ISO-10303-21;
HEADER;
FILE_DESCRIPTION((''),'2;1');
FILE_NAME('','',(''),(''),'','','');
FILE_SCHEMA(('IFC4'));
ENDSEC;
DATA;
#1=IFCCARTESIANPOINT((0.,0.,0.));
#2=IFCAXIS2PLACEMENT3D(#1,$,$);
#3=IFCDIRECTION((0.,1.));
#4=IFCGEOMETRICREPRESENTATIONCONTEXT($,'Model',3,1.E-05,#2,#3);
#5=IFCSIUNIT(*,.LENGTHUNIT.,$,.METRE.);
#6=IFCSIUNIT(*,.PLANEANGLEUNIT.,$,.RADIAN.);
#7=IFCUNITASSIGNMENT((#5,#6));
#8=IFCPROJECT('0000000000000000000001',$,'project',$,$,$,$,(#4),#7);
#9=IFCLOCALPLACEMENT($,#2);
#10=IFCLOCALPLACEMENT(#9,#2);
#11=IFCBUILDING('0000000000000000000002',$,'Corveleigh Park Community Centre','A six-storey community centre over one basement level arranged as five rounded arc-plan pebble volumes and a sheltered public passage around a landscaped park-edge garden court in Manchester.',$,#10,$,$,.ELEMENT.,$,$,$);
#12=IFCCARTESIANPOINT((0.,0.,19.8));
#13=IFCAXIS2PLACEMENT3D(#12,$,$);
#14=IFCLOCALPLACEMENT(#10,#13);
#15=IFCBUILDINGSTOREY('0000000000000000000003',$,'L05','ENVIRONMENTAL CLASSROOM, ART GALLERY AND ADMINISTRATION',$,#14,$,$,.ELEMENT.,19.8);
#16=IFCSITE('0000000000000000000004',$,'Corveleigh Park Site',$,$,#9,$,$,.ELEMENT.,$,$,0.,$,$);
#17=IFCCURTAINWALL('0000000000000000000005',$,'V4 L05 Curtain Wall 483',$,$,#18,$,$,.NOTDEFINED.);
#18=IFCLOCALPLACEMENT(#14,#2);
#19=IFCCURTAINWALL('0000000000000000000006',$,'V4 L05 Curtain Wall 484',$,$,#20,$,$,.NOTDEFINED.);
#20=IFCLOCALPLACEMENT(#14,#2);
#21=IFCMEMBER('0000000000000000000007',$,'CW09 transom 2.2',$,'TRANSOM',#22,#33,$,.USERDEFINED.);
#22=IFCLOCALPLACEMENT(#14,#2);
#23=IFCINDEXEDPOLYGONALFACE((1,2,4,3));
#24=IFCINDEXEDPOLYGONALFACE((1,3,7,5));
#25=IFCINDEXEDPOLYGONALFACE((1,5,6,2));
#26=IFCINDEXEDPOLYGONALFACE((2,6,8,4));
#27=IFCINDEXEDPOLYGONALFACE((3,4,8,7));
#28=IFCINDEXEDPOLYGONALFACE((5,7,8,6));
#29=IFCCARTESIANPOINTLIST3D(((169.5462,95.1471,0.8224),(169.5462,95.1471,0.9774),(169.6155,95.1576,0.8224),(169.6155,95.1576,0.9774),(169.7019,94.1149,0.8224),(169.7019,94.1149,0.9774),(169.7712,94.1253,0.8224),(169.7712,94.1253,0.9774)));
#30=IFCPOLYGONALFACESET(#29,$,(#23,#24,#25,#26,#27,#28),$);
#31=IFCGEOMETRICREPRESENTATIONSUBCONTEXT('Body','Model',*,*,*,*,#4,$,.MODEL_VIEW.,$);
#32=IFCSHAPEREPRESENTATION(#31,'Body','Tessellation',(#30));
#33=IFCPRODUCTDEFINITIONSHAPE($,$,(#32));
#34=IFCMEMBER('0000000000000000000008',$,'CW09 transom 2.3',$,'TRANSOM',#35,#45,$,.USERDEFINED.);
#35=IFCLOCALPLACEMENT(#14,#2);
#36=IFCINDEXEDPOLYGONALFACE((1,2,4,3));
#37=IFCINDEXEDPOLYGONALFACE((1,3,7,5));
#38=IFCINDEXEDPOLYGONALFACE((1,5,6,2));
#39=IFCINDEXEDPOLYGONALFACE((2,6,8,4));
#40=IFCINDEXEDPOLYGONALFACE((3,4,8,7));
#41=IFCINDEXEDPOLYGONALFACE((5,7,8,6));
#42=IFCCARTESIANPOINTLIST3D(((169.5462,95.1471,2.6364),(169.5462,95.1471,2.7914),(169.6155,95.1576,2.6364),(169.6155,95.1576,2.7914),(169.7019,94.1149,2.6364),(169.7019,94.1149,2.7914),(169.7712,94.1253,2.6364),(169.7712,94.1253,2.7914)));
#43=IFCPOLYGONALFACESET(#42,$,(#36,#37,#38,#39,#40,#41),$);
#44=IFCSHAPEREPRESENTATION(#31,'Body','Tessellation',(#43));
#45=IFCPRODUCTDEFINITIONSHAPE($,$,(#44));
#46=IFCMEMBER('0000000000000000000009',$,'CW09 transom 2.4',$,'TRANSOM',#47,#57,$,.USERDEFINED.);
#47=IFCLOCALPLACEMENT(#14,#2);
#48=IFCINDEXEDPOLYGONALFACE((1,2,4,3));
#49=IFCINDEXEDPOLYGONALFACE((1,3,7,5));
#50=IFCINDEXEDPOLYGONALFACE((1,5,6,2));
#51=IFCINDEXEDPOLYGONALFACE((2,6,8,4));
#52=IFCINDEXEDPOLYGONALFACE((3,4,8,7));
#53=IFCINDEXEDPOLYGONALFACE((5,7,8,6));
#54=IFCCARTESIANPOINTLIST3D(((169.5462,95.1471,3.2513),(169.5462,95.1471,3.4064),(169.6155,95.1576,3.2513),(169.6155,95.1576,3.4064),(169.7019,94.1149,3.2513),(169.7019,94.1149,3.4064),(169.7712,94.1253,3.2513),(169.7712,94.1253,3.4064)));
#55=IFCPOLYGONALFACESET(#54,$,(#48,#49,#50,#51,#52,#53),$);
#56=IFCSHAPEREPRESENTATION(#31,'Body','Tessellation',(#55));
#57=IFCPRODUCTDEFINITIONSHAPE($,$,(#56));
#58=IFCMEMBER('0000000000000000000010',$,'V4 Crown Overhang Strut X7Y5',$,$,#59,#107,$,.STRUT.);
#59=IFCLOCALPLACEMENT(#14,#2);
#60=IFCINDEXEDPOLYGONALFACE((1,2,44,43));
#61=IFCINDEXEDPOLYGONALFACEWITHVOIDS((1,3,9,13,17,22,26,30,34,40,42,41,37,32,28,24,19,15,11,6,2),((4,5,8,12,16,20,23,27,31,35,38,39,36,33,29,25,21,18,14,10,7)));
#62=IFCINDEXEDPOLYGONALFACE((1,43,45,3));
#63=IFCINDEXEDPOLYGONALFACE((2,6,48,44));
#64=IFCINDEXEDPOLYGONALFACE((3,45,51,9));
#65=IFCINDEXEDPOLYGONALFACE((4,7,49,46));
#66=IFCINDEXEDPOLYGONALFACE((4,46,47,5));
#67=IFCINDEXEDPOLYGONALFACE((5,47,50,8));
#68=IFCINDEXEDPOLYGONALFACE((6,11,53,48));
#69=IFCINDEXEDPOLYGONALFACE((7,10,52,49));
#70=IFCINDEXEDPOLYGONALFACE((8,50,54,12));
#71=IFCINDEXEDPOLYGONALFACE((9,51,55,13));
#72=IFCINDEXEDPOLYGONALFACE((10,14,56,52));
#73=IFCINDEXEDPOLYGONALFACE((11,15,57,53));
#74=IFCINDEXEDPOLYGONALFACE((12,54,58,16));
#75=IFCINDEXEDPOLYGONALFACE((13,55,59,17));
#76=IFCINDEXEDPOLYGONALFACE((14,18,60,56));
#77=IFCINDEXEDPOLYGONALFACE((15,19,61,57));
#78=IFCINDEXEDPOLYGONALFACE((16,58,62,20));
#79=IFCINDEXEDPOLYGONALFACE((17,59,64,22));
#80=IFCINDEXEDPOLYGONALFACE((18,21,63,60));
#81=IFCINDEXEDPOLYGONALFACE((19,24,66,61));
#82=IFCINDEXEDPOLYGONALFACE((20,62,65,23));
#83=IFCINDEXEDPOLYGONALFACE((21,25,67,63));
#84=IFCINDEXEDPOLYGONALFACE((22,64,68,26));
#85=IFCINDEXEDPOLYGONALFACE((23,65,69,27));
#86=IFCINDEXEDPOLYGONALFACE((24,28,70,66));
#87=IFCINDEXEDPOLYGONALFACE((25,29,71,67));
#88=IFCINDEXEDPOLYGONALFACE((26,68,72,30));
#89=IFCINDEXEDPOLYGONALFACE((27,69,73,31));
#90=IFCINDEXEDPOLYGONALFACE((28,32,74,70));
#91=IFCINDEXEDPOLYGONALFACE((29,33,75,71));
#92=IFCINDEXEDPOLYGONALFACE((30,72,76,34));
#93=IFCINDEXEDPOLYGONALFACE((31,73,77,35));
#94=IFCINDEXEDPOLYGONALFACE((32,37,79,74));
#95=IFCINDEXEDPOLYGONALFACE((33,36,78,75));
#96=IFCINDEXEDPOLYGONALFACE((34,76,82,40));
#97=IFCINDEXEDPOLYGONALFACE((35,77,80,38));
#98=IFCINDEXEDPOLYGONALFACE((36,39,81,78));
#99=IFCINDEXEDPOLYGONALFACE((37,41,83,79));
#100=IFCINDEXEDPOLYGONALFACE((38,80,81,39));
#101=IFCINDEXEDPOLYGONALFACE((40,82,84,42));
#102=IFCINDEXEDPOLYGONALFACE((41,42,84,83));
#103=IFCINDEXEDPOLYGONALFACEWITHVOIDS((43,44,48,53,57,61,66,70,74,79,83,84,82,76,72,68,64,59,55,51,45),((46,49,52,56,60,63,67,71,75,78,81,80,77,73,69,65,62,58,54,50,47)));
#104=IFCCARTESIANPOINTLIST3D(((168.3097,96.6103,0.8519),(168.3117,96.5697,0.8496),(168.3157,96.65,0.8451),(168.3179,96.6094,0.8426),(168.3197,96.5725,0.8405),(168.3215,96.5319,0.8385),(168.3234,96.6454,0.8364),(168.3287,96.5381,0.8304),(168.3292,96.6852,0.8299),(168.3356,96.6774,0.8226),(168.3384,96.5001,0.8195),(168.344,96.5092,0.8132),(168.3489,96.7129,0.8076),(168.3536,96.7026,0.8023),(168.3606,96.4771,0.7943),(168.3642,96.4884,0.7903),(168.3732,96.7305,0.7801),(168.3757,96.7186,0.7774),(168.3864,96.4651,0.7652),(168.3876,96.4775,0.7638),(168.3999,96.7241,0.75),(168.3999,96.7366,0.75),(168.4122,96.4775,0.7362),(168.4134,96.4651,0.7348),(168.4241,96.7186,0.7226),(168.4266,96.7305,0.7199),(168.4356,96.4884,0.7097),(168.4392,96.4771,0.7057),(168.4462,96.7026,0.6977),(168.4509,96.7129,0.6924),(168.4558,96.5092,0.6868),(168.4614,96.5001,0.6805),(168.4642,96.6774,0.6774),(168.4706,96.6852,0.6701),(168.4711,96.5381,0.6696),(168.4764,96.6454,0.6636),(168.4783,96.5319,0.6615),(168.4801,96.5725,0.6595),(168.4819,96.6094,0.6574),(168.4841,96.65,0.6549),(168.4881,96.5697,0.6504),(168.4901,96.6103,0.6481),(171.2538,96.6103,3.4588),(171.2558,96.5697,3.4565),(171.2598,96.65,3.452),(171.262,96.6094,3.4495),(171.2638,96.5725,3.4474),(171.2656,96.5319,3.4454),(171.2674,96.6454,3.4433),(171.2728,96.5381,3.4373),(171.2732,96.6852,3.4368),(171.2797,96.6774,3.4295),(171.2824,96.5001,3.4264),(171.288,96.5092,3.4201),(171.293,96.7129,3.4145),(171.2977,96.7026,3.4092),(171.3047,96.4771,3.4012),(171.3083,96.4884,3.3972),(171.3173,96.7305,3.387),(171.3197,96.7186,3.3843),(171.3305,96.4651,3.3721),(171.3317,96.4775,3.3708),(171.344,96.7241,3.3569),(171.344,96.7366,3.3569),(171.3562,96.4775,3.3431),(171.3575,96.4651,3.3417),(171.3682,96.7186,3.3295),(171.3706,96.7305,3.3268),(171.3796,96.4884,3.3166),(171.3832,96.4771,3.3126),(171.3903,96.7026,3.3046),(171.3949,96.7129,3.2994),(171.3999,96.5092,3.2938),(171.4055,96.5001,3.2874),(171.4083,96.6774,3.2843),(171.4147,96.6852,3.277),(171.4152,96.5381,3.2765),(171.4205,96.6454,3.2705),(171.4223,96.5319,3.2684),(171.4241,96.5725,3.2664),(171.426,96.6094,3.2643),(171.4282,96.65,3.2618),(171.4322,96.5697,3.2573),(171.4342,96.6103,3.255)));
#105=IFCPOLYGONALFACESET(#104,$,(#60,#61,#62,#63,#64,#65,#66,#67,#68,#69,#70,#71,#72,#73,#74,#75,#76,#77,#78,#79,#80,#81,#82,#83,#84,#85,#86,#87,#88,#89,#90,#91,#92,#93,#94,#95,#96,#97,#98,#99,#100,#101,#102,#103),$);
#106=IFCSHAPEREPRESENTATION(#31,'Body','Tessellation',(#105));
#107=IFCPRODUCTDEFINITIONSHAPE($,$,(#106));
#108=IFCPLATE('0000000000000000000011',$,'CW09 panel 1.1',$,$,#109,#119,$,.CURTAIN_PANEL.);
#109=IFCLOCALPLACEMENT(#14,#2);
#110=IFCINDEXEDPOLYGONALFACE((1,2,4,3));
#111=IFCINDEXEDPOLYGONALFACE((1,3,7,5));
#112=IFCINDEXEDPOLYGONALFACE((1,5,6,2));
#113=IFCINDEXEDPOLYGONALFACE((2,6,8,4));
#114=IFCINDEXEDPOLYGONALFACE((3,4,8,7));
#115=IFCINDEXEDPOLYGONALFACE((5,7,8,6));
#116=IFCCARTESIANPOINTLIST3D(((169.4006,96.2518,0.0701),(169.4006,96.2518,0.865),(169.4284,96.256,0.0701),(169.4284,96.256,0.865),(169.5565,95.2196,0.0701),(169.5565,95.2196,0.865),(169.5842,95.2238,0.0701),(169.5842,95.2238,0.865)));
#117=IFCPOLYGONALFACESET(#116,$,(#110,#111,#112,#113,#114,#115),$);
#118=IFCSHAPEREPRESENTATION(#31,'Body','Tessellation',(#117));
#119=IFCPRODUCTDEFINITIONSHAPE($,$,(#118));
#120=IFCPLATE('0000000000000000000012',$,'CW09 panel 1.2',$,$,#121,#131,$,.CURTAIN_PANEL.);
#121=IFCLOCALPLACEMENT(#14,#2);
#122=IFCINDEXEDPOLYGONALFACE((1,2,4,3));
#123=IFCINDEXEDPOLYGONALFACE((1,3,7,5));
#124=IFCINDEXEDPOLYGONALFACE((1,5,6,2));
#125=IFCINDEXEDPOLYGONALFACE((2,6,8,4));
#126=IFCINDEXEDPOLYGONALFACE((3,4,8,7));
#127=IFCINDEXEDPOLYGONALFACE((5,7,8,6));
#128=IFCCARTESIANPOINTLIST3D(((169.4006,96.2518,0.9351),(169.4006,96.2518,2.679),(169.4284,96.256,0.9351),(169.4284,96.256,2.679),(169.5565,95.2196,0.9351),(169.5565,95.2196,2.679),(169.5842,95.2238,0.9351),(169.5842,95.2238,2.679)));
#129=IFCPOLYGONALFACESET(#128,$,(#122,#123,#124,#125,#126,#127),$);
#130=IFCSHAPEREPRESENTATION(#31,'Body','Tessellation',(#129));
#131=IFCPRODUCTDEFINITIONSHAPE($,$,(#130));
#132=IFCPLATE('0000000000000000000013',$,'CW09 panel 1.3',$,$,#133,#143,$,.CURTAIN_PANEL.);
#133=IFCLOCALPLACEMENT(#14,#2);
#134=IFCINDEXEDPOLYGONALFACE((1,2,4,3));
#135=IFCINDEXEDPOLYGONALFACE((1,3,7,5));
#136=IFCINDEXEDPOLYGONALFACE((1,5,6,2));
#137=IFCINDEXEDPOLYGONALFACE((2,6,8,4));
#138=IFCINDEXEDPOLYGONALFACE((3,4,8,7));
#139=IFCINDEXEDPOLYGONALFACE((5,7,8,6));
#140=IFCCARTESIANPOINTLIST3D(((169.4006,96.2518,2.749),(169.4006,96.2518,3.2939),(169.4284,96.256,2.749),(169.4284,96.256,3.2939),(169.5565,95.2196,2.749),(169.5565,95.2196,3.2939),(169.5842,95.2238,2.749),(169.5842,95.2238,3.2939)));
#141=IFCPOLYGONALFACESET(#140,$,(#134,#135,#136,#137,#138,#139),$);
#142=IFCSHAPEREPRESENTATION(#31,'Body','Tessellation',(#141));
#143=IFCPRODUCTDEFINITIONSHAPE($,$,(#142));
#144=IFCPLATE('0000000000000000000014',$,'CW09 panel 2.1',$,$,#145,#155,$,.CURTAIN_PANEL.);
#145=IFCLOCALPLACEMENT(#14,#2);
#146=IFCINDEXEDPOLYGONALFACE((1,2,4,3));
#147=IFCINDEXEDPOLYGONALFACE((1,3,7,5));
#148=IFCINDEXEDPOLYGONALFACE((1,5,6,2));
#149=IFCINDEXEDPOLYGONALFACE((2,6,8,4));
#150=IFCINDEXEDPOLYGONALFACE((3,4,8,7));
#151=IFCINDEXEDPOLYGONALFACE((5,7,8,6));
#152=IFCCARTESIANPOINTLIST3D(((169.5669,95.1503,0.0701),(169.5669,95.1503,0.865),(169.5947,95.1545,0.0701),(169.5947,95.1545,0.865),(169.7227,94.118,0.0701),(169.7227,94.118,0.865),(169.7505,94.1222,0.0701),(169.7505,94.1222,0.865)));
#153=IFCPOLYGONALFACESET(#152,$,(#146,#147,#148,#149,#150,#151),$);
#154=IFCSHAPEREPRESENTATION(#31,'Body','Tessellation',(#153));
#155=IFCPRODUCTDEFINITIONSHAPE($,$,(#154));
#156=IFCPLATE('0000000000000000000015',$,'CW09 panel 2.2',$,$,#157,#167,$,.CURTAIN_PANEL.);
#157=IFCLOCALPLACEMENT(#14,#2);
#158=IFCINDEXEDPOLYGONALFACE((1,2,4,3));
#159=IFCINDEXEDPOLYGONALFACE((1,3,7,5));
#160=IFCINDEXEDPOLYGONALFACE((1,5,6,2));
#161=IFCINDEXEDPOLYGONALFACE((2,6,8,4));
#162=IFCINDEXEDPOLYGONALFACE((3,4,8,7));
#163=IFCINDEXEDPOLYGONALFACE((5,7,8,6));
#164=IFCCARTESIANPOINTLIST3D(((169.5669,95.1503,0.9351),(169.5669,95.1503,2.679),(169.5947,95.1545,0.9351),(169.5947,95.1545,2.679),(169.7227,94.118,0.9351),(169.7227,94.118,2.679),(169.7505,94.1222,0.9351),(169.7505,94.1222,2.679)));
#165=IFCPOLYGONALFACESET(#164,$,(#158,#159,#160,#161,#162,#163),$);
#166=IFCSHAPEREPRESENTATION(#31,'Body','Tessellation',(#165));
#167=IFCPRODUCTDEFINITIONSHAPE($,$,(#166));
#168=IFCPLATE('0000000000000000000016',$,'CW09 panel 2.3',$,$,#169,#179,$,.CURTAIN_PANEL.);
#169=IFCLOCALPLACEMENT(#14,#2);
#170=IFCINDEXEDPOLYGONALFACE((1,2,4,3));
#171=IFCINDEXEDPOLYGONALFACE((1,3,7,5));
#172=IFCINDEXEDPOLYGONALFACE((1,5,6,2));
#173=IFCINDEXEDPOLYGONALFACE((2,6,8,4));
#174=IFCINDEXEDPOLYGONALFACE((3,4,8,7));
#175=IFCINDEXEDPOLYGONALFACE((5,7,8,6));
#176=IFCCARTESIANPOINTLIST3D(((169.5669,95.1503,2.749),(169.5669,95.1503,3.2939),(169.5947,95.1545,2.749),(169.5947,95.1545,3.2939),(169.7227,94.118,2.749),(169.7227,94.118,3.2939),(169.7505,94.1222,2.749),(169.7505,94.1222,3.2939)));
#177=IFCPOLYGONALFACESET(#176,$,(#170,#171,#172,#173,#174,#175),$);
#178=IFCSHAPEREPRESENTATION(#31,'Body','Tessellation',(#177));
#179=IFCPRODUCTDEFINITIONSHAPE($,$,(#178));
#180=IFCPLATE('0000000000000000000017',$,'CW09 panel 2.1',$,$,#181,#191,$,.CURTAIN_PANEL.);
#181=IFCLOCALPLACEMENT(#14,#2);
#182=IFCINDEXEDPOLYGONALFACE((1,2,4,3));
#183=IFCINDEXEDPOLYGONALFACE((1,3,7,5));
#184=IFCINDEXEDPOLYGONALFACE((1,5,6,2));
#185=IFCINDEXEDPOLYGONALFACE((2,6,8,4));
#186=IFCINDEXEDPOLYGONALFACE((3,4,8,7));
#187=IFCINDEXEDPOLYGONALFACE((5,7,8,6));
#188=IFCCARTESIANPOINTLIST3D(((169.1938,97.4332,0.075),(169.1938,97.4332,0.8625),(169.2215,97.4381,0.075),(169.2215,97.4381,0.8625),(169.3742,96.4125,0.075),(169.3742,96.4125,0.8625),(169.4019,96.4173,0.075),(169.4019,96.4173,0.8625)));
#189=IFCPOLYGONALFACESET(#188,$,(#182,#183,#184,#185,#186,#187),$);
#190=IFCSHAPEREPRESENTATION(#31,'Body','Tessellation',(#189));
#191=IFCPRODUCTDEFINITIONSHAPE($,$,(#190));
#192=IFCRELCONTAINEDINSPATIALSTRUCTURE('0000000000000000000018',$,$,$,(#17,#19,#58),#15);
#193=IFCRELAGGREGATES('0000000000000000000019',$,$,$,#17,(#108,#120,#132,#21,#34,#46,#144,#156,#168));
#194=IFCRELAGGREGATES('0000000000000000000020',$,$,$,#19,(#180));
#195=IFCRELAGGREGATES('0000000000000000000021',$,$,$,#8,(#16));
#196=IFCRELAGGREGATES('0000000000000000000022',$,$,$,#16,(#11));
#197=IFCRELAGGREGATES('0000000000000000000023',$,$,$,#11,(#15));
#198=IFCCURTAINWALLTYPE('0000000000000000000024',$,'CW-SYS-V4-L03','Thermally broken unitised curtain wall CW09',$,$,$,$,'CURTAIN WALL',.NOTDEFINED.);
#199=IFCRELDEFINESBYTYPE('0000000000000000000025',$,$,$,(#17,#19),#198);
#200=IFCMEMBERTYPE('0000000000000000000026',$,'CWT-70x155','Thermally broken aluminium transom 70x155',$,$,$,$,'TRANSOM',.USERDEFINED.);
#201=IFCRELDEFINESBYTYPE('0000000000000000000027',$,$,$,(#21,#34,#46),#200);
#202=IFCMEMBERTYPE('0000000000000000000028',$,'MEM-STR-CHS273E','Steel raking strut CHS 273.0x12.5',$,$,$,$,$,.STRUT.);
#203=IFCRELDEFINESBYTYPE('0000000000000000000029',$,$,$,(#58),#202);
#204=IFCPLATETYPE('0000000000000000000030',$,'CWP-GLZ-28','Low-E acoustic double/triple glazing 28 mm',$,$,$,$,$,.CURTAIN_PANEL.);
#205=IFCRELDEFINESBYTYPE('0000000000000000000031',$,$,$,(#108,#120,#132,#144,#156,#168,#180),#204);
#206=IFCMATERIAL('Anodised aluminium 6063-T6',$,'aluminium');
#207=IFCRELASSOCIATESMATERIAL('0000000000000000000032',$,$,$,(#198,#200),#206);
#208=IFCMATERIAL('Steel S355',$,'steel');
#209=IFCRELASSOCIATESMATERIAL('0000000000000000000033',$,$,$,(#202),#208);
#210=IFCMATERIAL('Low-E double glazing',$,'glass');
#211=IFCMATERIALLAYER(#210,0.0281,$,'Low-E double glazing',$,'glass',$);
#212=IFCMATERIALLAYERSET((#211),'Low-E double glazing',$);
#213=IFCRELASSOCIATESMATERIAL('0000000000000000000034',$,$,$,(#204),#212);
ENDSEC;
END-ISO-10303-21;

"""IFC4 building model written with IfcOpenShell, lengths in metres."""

from ifc_helpers import new_model, si_unit, direction, frame, origin, origin_2d, place, context, subcontext, project, spatial, rectangle, hollow_circle, extrude, material, layer, layer_set, material_profile, profile_set, type_object, element, aggregate, save


model = new_model("IFC4")

# Units and contexts
model_context = context("Model", 3, precision=1e-05, world=origin(), true_north=direction((0.0, 1.0)))
body_context = subcontext(model_context, "Body", "Model", "MODEL_VIEW")
ifc_project = project(units=[si_unit("LENGTHUNIT", "METRE"), si_unit("PLANEANGLEUNIT", "RADIAN")], contexts=[model_context])

# Site, building, storey
site_placement = place(None, origin())
site = spatial("IfcSite", under=ifc_project, at=site_placement, Name="Corveleigh Park Site", CompositionType="ELEMENT", RefElevation=0.0)
building_placement = place(site_placement, origin())
building = spatial("IfcBuilding", under=site, at=building_placement, Name="Corveleigh Park Community Centre", Description="A six-storey community centre over one basement level arranged as five rounded arc-plan pebble volumes and a sheltered public passage around a landscaped park-edge garden court in Manchester.", CompositionType="ELEMENT")
storey_placement = place(building_placement, frame((0.0, 0.0, 19.8)))
storey = spatial("IfcBuildingStorey", under=building, at=storey_placement, Name="L05", Description="ENVIRONMENTAL CLASSROOM, ART GALLERY AND ADMINISTRATION", CompositionType="ELEMENT", Elevation=19.8)

# Shared definitions
ifc_material_1 = material(Name="Steel S355", Category="steel")

# Curtain wall
ifc_material_2 = material(Name="Anodised aluminium 6063-T6", Category="aluminium")
curtain_wall_type = type_object("IfcCurtainWallType", Name="CW-SYS-V4-L03", Description="Thermally broken unitised curtain wall CW09", ElementType="CURTAIN WALL", PredefinedType="NOTDEFINED", material=ifc_material_2)
curtain_wall_1_placement = place(storey_placement, origin())
curtain_wall_1 = element("IfcCurtainWall", 1, at=curtain_wall_1_placement, inside=storey, type_object=curtain_wall_type, Name="V4 L05 Curtain Wall 483", PredefinedType="NOTDEFINED")

# Curtain wall
curtain_wall_2_placement = place(storey_placement, origin())
curtain_wall_2 = element("IfcCurtainWall", 2, at=curtain_wall_2_placement, inside=storey, type_object=curtain_wall_type, Name="V4 L05 Curtain Wall 484", PredefinedType="NOTDEFINED")

# Members
ifc_material_profile_1 = material_profile(ifc_material_2, rectangle(XDim=0.0701, YDim=0.155, at=origin_2d()), Name="ALU-T70x155", Category="aluminium")
ifc_profile_set_1 = profile_set([ifc_material_profile_1], Name="Anodised aluminium 6063-T6")
member_type_1 = type_object("IfcMemberType", Name="CWT-70x155", Description="Thermally broken aluminium transom 70x155", ElementType="TRANSOM", PredefinedType="USERDEFINED", material=ifc_profile_set_1)
member_1_placement = place(storey_placement, frame((169.5808, 95.1523, 0.8999), z_axis=(0.14921, -0.988806, 0.0), x_axis=(0.988806, 0.14921, 0.0)))
member_1 = element("IfcMember", 3, at=member_1_placement, type_object=member_type_1, Name="CW09 transom 2.2", ObjectType="TRANSOM", PredefinedType="USERDEFINED", context=body_context, shape_type="SweptSolid", body=[
    extrude(rectangle(XDim=0.0701, YDim=0.155, at=origin_2d()), origin(), (0.0, 0.0, 1.0), 1.0439),
])
member_2_placement = place(storey_placement, frame((169.5808, 95.1523, 2.7139), z_axis=(0.14921, -0.988806, 0.0), x_axis=(0.988806, 0.14921, 0.0)))
member_2 = element("IfcMember", 4, at=member_2_placement, type_object=member_type_1, Name="CW09 transom 2.3", ObjectType="TRANSOM", PredefinedType="USERDEFINED", context=body_context, shape_type="SweptSolid", body=[
    extrude(rectangle(XDim=0.0701, YDim=0.155, at=origin_2d()), origin(), (0.0, 0.0, 1.0), 1.0439),
])
member_3_placement = place(storey_placement, frame((169.5808, 95.1523, 3.3289), z_axis=(0.14921, -0.988806, 0.0), x_axis=(0.988806, 0.14921, 0.0)))
member_3 = element("IfcMember", 5, at=member_3_placement, type_object=member_type_1, Name="CW09 transom 2.4", ObjectType="TRANSOM", PredefinedType="USERDEFINED", context=body_context, shape_type="SweptSolid", body=[
    extrude(rectangle(XDim=0.0701, YDim=0.155, at=origin_2d()), origin(), (0.0, 0.0, 1.0), 1.0439),
])
ifc_material_profile_2 = material_profile(ifc_material_1, hollow_circle(Radius=0.1365, WallThickness=0.0125, at=origin_2d()), Name="CHS 273.0x12.5", Category="steel")
ifc_profile_set_2 = profile_set([ifc_material_profile_2], Name="Steel S355")
member_type_2 = type_object("IfcMemberType", Name="MEM-STR-CHS273E", Description="Steel raking strut CHS 273.0x12.5", PredefinedType="STRUT", material=ifc_profile_set_2)
member_4_placement = place(storey_placement, frame((168.3999, 96.6001, 0.75), z_axis=(0.748675, 0.0, 0.662937), x_axis=(0.0, 1.0, 0.0)))
element("IfcMember", 6, at=member_4_placement, inside=storey, type_object=member_type_2, Name="V4 Crown Overhang Strut X7Y5", PredefinedType="STRUT", context=body_context, shape_type="SweptSolid", body=[
    extrude(hollow_circle(Radius=0.1365, WallThickness=0.0125, at=origin_2d()), origin(), (0.0, 0.0, 1.0), 3.9324),
])

# Plates
ifc_material_3 = material(Name="Low-E double glazing", Category="glass")
ifc_layer_1 = layer(ifc_material_3, 0.0281, Name="Low-E double glazing", Category="glass")
ifc_layer_set_1 = layer_set([ifc_layer_1], Name="Low-E double glazing")
plate_type_1 = type_object("IfcPlateType", Name="CWP-GLZ-28", Description="Low-E acoustic double/triple glazing 28 mm", PredefinedType="CURTAIN_PANEL", material=ifc_layer_set_1)
plate_1_placement = place(storey_placement, frame((169.4924, 95.7378, 0.0701), z_axis=(0.0, 0.0, 1.0), x_axis=(0.149277, -0.988795, 0.0)))
plate_1 = element("IfcPlate", 7, at=plate_1_placement, type_object=plate_type_1, Name="CW09 panel 1.1", PredefinedType="CURTAIN_PANEL", context=body_context, shape_type="SweptSolid", body=[
    extrude(rectangle(XDim=1.0439, YDim=0.0281, at=origin_2d()), origin(), (0.0, 0.0, 1.0), 0.7949),
])
plate_2_placement = place(storey_placement, frame((169.4924, 95.7378, 0.9351), z_axis=(0.0, 0.0, 1.0), x_axis=(0.149277, -0.988795, 0.0)))
plate_2 = element("IfcPlate", 8, at=plate_2_placement, type_object=plate_type_1, Name="CW09 panel 1.2", PredefinedType="CURTAIN_PANEL", context=body_context, shape_type="SweptSolid", body=[
    extrude(rectangle(XDim=1.0439, YDim=0.0281, at=origin_2d()), origin(), (0.0, 0.0, 1.0), 1.7439),
])
plate_3_placement = place(storey_placement, frame((169.4924, 95.7378, 2.749), z_axis=(0.0, 0.0, 1.0), x_axis=(0.149277, -0.988795, 0.0)))
plate_3 = element("IfcPlate", 9, at=plate_3_placement, type_object=plate_type_1, Name="CW09 panel 1.3", PredefinedType="CURTAIN_PANEL", context=body_context, shape_type="SweptSolid", body=[
    extrude(rectangle(XDim=1.0439, YDim=0.0281, at=origin_2d()), origin(), (0.0, 0.0, 1.0), 0.5449),
])
plate_4_placement = place(storey_placement, frame((169.6587, 94.6362, 0.0701), z_axis=(0.0, 0.0, 1.0), x_axis=(0.149277, -0.988795, 0.0)))
plate_4 = element("IfcPlate", 10, at=plate_4_placement, type_object=plate_type_1, Name="CW09 panel 2.1", PredefinedType="CURTAIN_PANEL", context=body_context, shape_type="SweptSolid", body=[
    extrude(rectangle(XDim=1.0439, YDim=0.0281, at=origin_2d()), origin(), (0.0, 0.0, 1.0), 0.7949),
])
plate_5_placement = place(storey_placement, frame((169.6587, 94.6362, 0.9351), z_axis=(0.0, 0.0, 1.0), x_axis=(0.149277, -0.988795, 0.0)))
plate_5 = element("IfcPlate", 11, at=plate_5_placement, type_object=plate_type_1, Name="CW09 panel 2.2", PredefinedType="CURTAIN_PANEL", context=body_context, shape_type="SweptSolid", body=[
    extrude(rectangle(XDim=1.0439, YDim=0.0281, at=origin_2d()), origin(), (0.0, 0.0, 1.0), 1.7439),
])
plate_6_placement = place(storey_placement, frame((169.6587, 94.6362, 2.749), z_axis=(0.0, 0.0, 1.0), x_axis=(0.149277, -0.988795, 0.0)))
plate_6 = element("IfcPlate", 12, at=plate_6_placement, type_object=plate_type_1, Name="CW09 panel 2.3", PredefinedType="CURTAIN_PANEL", context=body_context, shape_type="SweptSolid", body=[
    extrude(rectangle(XDim=1.0439, YDim=0.0281, at=origin_2d()), origin(), (0.0, 0.0, 1.0), 0.5449),
])
aggregate(curtain_wall_1, [plate_1, plate_2, plate_3, member_1, member_2, member_3, plate_4, plate_5, plate_6])
plate_7_placement = place(storey_placement, frame((169.2979, 96.9253, 0.075), z_axis=(0.0, 0.0, 1.0), x_axis=(0.174058, -0.984735, 0.0)))
plate_7 = element("IfcPlate", 13, at=plate_7_placement, type_object=plate_type_1, Name="CW09 panel 2.1", PredefinedType="CURTAIN_PANEL", context=body_context, shape_type="SweptSolid", body=[
    extrude(rectangle(XDim=1.0366, YDim=0.0281, at=origin_2d()), origin(), (0.0, 0.0, 1.0), 0.7876),
])
aggregate(curtain_wall_2, [plate_7])

save(model, "model.ifc")
